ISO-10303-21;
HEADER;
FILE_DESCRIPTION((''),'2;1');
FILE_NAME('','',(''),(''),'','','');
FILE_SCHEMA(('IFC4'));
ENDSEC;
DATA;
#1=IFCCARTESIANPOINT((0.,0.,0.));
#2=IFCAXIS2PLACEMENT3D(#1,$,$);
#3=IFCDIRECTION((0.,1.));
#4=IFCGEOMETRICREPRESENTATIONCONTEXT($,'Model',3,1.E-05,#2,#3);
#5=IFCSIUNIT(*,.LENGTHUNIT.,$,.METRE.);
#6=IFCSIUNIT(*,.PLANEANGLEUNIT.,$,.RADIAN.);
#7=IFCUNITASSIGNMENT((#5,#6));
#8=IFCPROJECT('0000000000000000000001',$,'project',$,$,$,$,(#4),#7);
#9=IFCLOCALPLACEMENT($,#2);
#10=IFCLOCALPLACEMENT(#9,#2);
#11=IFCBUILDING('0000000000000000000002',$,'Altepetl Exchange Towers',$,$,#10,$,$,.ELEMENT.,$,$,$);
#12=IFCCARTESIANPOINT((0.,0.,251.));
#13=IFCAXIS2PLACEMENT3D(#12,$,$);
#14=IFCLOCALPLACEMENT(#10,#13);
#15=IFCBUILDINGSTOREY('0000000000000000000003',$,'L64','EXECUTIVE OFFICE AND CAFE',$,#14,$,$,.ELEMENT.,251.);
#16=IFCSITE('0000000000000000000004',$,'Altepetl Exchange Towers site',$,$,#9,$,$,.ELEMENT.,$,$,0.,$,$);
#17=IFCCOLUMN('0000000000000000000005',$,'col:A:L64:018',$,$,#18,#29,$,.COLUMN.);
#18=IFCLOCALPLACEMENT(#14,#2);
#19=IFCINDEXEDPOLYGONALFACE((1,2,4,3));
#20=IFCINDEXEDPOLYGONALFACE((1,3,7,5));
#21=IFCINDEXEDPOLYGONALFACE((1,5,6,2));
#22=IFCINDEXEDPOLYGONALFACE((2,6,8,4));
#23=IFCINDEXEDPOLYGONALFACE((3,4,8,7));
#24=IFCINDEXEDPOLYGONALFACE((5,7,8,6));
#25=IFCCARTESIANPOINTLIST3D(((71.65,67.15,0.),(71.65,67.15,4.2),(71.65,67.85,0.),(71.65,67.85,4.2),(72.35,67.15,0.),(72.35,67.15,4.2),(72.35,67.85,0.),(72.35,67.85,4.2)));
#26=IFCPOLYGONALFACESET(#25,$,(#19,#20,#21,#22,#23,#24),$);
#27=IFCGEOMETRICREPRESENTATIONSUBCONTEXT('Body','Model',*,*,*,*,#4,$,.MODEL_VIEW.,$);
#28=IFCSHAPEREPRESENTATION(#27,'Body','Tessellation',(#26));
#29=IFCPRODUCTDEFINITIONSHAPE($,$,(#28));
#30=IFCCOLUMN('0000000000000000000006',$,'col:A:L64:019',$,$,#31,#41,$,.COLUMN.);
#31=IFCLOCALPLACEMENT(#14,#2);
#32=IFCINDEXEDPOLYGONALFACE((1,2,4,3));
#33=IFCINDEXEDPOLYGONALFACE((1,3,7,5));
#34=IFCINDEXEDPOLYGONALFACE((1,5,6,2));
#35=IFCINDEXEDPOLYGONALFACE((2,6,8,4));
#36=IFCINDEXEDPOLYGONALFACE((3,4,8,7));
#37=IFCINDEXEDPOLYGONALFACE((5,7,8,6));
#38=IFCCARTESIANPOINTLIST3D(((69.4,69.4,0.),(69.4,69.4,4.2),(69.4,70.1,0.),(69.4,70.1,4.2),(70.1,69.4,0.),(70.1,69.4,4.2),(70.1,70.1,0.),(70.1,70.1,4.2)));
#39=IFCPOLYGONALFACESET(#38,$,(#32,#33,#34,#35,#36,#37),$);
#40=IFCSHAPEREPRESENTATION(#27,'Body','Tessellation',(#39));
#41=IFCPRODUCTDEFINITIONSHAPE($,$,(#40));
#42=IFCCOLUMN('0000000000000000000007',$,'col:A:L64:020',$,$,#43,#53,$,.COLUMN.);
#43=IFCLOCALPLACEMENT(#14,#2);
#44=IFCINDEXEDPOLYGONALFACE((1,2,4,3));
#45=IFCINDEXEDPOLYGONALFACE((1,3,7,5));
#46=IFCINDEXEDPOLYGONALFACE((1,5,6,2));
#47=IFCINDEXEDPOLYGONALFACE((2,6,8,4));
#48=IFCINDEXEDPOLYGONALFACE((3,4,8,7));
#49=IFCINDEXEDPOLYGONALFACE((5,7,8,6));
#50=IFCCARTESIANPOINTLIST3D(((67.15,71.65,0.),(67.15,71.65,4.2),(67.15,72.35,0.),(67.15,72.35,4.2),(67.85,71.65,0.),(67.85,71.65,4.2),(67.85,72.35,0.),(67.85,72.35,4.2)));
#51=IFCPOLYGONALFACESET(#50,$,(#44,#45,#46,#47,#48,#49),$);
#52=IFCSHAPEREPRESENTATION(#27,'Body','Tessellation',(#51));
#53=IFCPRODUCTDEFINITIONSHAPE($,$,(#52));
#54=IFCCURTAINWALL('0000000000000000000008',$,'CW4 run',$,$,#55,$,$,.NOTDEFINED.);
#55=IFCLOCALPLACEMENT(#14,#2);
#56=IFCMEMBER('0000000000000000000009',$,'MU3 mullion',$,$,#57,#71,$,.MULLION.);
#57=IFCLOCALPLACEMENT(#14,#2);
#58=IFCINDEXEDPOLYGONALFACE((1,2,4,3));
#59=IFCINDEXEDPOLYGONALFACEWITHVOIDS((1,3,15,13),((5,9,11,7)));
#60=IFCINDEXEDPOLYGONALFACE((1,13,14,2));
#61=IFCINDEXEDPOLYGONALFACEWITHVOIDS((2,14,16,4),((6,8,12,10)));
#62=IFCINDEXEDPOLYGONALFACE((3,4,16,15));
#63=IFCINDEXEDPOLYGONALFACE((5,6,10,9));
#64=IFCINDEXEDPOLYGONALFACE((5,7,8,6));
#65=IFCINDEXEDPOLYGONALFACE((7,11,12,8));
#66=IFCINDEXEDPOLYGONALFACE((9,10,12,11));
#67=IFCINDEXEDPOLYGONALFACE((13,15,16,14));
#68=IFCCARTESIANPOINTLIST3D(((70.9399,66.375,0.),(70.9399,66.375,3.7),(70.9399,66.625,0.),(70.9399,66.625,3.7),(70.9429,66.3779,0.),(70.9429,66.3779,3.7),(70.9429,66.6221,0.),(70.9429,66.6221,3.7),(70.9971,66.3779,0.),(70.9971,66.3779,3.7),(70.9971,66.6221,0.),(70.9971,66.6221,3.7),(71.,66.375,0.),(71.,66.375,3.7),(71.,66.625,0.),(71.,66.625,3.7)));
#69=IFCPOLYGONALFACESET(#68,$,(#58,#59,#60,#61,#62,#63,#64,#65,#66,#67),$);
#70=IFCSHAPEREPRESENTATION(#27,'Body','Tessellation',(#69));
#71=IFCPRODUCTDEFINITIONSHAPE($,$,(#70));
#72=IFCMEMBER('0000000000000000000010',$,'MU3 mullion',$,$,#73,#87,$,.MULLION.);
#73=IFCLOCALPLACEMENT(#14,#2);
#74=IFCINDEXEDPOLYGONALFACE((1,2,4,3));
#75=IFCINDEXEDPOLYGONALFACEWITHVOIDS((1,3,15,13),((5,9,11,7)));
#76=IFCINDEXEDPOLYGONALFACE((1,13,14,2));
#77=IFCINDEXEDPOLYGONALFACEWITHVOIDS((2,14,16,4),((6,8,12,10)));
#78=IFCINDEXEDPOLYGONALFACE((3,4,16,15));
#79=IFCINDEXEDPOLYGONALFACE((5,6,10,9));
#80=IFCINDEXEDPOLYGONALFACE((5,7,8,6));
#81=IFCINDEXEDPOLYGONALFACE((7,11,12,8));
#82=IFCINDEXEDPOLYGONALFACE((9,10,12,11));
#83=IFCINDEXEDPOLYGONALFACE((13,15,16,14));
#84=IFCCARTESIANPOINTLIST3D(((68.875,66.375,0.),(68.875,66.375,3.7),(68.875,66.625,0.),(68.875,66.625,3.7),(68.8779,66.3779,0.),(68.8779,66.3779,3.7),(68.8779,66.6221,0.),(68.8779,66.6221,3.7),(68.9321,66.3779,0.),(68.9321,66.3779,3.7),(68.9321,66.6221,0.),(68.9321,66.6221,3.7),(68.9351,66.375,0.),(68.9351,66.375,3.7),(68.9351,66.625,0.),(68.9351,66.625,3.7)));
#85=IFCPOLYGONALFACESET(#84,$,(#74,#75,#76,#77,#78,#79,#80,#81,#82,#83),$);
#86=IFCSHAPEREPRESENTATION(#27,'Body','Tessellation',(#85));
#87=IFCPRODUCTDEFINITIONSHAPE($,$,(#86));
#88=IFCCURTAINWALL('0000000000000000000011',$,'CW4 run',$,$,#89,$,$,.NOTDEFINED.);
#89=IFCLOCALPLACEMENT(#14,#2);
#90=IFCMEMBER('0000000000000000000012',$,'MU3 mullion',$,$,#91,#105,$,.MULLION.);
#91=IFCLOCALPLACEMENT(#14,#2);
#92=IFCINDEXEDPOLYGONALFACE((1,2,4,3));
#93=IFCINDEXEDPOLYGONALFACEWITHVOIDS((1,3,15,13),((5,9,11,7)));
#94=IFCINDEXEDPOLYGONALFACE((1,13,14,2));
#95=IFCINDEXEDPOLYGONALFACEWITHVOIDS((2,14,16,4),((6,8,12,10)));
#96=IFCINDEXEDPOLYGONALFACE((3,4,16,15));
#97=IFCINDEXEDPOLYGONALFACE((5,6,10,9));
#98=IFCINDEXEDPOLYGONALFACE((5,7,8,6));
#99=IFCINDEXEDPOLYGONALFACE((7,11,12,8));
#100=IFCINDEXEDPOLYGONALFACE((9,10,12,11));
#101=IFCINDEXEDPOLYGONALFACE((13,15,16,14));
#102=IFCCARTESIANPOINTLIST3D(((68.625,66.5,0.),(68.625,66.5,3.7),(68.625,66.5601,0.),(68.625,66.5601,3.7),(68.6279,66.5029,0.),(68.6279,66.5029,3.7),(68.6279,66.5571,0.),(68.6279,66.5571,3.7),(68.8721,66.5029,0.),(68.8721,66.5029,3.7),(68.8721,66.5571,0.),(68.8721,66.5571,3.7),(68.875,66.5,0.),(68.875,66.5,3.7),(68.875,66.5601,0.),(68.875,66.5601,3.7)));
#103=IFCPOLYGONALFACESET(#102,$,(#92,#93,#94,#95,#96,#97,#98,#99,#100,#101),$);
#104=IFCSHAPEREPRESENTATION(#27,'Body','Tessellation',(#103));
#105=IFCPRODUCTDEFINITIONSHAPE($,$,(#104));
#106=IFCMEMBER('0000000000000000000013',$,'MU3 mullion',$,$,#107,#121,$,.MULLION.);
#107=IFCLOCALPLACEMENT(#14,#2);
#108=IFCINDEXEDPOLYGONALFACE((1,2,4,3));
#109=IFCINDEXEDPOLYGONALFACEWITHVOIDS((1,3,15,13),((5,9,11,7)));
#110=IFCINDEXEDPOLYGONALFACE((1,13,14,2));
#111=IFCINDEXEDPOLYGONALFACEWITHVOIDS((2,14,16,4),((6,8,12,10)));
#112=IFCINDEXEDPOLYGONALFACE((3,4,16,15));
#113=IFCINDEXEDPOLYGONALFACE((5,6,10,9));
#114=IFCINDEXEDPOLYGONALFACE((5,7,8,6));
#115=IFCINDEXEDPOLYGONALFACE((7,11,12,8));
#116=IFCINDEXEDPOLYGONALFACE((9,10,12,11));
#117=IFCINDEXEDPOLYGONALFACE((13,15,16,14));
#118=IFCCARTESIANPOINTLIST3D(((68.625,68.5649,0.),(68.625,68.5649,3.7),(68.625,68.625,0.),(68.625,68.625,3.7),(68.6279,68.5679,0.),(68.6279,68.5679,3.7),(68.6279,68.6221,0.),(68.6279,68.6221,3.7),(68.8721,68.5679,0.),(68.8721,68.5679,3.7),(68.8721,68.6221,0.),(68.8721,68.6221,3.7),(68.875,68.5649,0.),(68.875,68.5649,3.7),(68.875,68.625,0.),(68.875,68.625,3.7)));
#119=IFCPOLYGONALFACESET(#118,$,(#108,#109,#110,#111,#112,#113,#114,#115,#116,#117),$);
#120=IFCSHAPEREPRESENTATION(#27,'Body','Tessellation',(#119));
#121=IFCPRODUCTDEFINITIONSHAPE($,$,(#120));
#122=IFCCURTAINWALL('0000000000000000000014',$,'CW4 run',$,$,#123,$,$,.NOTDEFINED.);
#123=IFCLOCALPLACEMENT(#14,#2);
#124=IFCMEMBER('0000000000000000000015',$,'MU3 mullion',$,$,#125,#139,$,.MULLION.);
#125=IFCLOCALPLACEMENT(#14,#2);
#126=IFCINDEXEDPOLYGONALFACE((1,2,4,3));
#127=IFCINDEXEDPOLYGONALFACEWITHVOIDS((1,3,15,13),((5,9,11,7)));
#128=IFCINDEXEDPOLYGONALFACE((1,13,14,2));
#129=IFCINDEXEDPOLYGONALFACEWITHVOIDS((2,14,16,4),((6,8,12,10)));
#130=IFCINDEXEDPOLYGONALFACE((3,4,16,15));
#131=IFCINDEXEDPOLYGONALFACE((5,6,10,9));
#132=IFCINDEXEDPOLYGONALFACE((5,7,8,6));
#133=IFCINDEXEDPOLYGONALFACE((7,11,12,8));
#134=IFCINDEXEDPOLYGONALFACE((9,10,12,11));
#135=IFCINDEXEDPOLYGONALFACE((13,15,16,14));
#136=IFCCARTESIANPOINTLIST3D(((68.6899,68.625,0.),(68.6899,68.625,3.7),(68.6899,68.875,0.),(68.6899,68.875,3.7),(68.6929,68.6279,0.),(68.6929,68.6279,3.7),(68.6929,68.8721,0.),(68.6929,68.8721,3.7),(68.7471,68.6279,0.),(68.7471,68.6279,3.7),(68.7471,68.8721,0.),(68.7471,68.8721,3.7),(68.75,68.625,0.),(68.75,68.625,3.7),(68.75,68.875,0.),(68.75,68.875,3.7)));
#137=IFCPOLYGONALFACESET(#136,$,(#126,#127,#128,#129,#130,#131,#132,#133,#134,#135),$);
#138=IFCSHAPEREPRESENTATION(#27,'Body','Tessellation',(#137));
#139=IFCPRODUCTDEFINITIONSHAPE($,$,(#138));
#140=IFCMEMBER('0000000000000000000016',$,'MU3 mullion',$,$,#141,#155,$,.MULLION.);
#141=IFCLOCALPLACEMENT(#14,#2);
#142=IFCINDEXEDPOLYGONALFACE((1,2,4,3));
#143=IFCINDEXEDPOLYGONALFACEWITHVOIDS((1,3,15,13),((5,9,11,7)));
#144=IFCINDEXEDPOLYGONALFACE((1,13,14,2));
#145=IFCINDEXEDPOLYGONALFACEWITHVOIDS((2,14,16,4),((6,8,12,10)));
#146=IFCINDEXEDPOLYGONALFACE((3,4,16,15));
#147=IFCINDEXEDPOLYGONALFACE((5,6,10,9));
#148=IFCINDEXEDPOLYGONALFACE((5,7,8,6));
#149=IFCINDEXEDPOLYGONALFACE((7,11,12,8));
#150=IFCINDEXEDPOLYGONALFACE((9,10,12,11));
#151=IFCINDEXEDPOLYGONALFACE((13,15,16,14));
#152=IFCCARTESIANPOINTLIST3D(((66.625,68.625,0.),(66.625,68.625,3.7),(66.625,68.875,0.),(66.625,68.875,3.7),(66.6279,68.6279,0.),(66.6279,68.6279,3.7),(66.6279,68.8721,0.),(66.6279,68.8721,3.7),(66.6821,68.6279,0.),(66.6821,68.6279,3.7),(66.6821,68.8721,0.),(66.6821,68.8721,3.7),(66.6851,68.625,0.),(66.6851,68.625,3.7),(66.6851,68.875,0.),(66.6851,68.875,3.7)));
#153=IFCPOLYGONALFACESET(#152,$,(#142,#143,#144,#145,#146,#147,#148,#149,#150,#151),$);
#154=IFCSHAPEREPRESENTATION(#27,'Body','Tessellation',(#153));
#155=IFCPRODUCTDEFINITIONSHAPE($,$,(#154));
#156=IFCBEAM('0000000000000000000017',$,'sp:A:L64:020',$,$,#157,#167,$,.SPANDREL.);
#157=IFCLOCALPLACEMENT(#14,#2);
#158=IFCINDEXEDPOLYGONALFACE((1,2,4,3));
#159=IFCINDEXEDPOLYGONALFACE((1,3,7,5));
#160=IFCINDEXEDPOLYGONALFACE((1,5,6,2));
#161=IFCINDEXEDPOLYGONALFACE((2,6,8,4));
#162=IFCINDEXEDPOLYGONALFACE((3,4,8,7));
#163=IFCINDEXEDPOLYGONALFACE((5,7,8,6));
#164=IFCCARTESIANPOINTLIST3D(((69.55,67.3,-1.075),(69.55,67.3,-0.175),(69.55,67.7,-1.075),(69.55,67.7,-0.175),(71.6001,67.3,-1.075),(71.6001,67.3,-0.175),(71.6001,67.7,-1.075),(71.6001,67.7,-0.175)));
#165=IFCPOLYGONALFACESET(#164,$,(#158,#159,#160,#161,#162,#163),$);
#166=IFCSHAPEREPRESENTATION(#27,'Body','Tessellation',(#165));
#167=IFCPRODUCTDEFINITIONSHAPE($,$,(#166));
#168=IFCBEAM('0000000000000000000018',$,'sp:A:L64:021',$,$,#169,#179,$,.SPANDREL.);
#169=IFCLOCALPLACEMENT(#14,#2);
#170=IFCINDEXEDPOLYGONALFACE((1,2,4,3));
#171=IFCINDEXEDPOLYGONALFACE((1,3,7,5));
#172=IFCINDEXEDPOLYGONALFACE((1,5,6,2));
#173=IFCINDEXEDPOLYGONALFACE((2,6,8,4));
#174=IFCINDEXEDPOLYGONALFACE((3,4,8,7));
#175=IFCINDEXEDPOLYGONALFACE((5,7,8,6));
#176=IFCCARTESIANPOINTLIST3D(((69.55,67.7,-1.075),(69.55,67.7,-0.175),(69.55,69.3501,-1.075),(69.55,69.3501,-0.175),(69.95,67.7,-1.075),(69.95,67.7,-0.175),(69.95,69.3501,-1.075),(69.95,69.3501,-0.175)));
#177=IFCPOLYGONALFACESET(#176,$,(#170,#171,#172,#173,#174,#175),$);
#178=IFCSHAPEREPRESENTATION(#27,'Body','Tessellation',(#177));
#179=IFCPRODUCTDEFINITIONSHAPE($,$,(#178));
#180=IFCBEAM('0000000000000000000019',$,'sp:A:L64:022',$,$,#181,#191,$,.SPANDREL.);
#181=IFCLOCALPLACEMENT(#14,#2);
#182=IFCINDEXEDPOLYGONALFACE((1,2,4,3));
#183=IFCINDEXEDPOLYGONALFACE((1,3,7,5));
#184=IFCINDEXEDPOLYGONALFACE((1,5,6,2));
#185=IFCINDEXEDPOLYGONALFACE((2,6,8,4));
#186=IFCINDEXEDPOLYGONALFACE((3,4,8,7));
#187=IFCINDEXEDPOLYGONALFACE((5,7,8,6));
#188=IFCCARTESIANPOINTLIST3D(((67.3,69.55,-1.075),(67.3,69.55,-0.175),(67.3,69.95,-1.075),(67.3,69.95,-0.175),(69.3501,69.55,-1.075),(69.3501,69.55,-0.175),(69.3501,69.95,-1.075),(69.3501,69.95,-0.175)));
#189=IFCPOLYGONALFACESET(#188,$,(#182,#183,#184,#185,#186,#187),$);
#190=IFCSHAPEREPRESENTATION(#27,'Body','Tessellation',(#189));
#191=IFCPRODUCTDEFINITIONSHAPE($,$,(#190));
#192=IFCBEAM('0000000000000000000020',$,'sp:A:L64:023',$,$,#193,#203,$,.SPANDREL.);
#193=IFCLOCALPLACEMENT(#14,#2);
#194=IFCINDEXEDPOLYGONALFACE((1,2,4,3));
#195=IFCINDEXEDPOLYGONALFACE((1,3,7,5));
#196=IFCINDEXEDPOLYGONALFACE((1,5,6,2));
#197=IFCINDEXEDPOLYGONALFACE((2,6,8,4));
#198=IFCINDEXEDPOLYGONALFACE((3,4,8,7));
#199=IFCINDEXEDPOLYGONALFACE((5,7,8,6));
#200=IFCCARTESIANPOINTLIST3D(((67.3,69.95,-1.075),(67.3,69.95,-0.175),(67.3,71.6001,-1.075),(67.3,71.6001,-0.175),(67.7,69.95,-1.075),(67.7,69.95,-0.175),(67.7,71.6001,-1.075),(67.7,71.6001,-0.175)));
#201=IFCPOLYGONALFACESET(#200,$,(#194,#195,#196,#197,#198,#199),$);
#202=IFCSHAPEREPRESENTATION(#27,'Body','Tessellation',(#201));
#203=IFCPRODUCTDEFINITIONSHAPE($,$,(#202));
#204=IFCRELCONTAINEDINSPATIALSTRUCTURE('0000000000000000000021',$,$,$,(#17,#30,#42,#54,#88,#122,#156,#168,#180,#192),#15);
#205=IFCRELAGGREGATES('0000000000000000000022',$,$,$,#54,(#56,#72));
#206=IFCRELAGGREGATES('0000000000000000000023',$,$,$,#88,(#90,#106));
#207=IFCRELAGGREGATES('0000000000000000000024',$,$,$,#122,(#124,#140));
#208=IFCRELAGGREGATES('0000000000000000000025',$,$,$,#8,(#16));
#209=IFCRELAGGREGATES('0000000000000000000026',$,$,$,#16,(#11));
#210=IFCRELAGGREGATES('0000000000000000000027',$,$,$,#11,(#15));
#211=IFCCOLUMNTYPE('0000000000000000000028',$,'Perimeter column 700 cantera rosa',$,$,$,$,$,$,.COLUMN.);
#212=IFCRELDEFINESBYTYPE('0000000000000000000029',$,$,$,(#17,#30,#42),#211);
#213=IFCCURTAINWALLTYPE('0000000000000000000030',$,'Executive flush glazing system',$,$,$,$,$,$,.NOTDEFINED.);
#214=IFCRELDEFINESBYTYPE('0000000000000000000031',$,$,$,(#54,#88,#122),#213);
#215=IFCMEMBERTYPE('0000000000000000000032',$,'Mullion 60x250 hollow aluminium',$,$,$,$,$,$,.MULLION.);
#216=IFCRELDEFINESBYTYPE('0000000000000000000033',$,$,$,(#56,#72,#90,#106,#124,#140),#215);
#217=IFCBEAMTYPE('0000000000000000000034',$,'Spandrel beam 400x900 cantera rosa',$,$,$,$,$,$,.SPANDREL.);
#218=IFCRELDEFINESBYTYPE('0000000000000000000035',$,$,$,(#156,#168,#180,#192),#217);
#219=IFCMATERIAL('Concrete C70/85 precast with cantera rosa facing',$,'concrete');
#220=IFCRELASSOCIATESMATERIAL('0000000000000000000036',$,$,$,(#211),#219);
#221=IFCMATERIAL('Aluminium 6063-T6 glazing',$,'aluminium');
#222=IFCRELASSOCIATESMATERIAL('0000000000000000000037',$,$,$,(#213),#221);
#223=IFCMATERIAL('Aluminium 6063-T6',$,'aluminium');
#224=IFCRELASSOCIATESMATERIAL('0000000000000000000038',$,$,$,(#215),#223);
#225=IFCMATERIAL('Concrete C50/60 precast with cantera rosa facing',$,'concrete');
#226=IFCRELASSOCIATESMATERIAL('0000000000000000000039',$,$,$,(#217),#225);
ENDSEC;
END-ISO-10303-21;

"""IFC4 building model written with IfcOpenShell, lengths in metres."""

from ifc_helpers import new_model, si_unit, direction, frame, origin, origin_2d, place, context, subcontext, project, spatial, rectangle, hollow_rectangle, extrude, material, material_profile, profile_set, type_object, element, aggregate, save


model = new_model("IFC4")

# Units and contexts
model_context = context("Model", 3, precision=1e-05, world=origin(), true_north=direction((0.0, 1.0)))
body_context = subcontext(model_context, "Body", "Model", "MODEL_VIEW")
ifc_project = project(units=[si_unit("LENGTHUNIT", "METRE"), si_unit("PLANEANGLEUNIT", "RADIAN")], contexts=[model_context])

# Site, building, storey
site_placement = place(None, origin())
site = spatial("IfcSite", under=ifc_project, at=site_placement, Name="Altepetl Exchange Towers site", CompositionType="ELEMENT", RefElevation=0.0)
building_placement = place(site_placement, origin())
building = spatial("IfcBuilding", under=site, at=building_placement, Name="Altepetl Exchange Towers", CompositionType="ELEMENT")
storey_placement = place(building_placement, frame((0.0, 0.0, 251.0)))
storey = spatial("IfcBuildingStorey", under=building, at=storey_placement, Name="L64", Description="EXECUTIVE OFFICE AND CAFE", CompositionType="ELEMENT", Elevation=251.0)

# Columns
ifc_material_1 = material(Name="Concrete C70/85 precast with cantera rosa facing", Category="concrete")
ifc_material_profile_1 = material_profile(ifc_material_1, rectangle(XDim=0.7, YDim=0.7, at=origin_2d()), Name="700 x 700")
ifc_profile_set_1 = profile_set([ifc_material_profile_1], Name="Concrete C70/85 precast with cantera rosa facing")
column_type = type_object("IfcColumnType", Name="Perimeter column 700 cantera rosa", PredefinedType="COLUMN", material=ifc_profile_set_1)
for number, where, name in (
    (1, (72.0, 67.5, 0.0), "col:A:L64:018"),
    (2, (69.75, 69.75, 0.0), "col:A:L64:019"),
    (3, (67.5, 72.0, 0.0), "col:A:L64:020"),
):
    element("IfcColumn", number, at=place(storey_placement, frame(where)), inside=storey, type_object=column_type, Name=name, PredefinedType="COLUMN", context=body_context, shape_type="SweptSolid", body=[
        extrude(rectangle(XDim=0.7, YDim=0.7, at=origin_2d()), origin(), (0.0, 0.0, 1.0), 4.2),
    ])

# Curtain walls, members
ifc_material_2 = material(Name="Aluminium 6063-T6 glazing", Category="aluminium")
curtain_wall_type = type_object("IfcCurtainWallType", Name="Executive flush glazing system", PredefinedType="NOTDEFINED", material=ifc_material_2)
curtain_wall_1_placement = place(storey_placement, origin())
curtain_wall_1 = element("IfcCurtainWall", 4, at=curtain_wall_1_placement, inside=storey, type_object=curtain_wall_type, Name="CW4 run", PredefinedType="NOTDEFINED")
ifc_material_3 = material(Name="Aluminium 6063-T6", Category="aluminium")
ifc_material_profile_2 = material_profile(ifc_material_3, hollow_rectangle(XDim=0.0601, YDim=0.25, WallThickness=0.0029, at=origin_2d()), Name="Mullion 60x250 hollow aluminium")
ifc_profile_set_2 = profile_set([ifc_material_profile_2], Name="Aluminium 6063-T6")
member_type_1 = type_object("IfcMemberType", Name="Mullion 60x250 hollow aluminium", PredefinedType="MULLION", material=ifc_profile_set_2)
member_1_placement = place(storey_placement, frame((70.97, 66.5, 0.0), z_axis=(0.0, 0.0, 1.0), x_axis=(-1.0, 0.0, 0.0)))
member_1 = element("IfcMember", 5, at=member_1_placement, type_object=member_type_1, Name="MU3 mullion", PredefinedType="MULLION", context=body_context, shape_type="SweptSolid", body=[
    extrude(hollow_rectangle(XDim=0.0601, YDim=0.25, WallThickness=0.0029, at=origin_2d()), origin(), (0.0, 0.0, 1.0), 3.7),
])
member_2_placement = place(storey_placement, frame((68.905, 66.5, 0.0), z_axis=(0.0, 0.0, 1.0), x_axis=(-1.0, 0.0, 0.0)))
member_2 = element("IfcMember", 6, at=member_2_placement, type_object=member_type_1, Name="MU3 mullion", PredefinedType="MULLION", context=body_context, shape_type="SweptSolid", body=[
    extrude(hollow_rectangle(XDim=0.0601, YDim=0.25, WallThickness=0.0029, at=origin_2d()), origin(), (0.0, 0.0, 1.0), 3.7),
])
curtain_wall_2_placement = place(storey_placement, origin())
curtain_wall_2 = element("IfcCurtainWall", 7, at=curtain_wall_2_placement, inside=storey, type_object=curtain_wall_type, Name="CW4 run", PredefinedType="NOTDEFINED")
member_3_placement = place(storey_placement, frame((68.75, 66.53, 0.0), z_axis=(0.0, 0.0, 1.0), x_axis=(0.0, 1.0, 0.0)))
member_3 = element("IfcMember", 8, at=member_3_placement, type_object=member_type_1, Name="MU3 mullion", PredefinedType="MULLION", context=body_context, shape_type="SweptSolid", body=[
    extrude(hollow_rectangle(XDim=0.0601, YDim=0.25, WallThickness=0.0029, at=origin_2d()), origin(), (0.0, 0.0, 1.0), 3.7),
])
member_4_placement = place(storey_placement, frame((68.75, 68.595, 0.0), z_axis=(0.0, 0.0, 1.0), x_axis=(0.0, 1.0, 0.0)))
member_4 = element("IfcMember", 9, at=member_4_placement, type_object=member_type_1, Name="MU3 mullion", PredefinedType="MULLION", context=body_context, shape_type="SweptSolid", body=[
    extrude(hollow_rectangle(XDim=0.0601, YDim=0.25, WallThickness=0.0029, at=origin_2d()), origin(), (0.0, 0.0, 1.0), 3.7),
])
curtain_wall_3_placement = place(storey_placement, origin())
curtain_wall_3 = element("IfcCurtainWall", 10, at=curtain_wall_3_placement, inside=storey, type_object=curtain_wall_type, Name="CW4 run", PredefinedType="NOTDEFINED")
member_5_placement = place(storey_placement, frame((68.72, 68.75, 0.0), z_axis=(0.0, 0.0, 1.0), x_axis=(-1.0, 0.0, 0.0)))
member_5 = element("IfcMember", 11, at=member_5_placement, type_object=member_type_1, Name="MU3 mullion", PredefinedType="MULLION", context=body_context, shape_type="SweptSolid", body=[
    extrude(hollow_rectangle(XDim=0.0601, YDim=0.25, WallThickness=0.0029, at=origin_2d()), origin(), (0.0, 0.0, 1.0), 3.7),
])
member_6_placement = place(storey_placement, frame((66.655, 68.75, 0.0), z_axis=(0.0, 0.0, 1.0), x_axis=(-1.0, 0.0, 0.0)))
member_6 = element("IfcMember", 12, at=member_6_placement, type_object=member_type_1, Name="MU3 mullion", PredefinedType="MULLION", context=body_context, shape_type="SweptSolid", body=[
    extrude(hollow_rectangle(XDim=0.0601, YDim=0.25, WallThickness=0.0029, at=origin_2d()), origin(), (0.0, 0.0, 1.0), 3.7),
])

# Beams
ifc_material_4 = material(Name="Concrete C50/60 precast with cantera rosa facing", Category="concrete")
ifc_material_profile_3 = material_profile(ifc_material_4, rectangle(XDim=0.3999, YDim=0.8999, at=origin_2d()), Name="400 x 900")
ifc_profile_set_3 = profile_set([ifc_material_profile_3], Name="Concrete C50/60 precast with cantera rosa facing")
beam_type = type_object("IfcBeamType", Name="Spandrel beam 400x900 cantera rosa", PredefinedType="SPANDREL", material=ifc_profile_set_3)
beam_1_placement = place(storey_placement, frame((71.6001, 67.5, -0.625), z_axis=(-1.0, 0.0, 0.0), x_axis=(0.0, -1.0, 0.0)))
element("IfcBeam", 13, at=beam_1_placement, inside=storey, type_object=beam_type, Name="sp:A:L64:020", PredefinedType="SPANDREL", context=body_context, shape_type="SweptSolid", body=[
    extrude(rectangle(XDim=0.3999, YDim=0.8999, at=origin_2d()), origin(), (0.0, 0.0, 1.0), 2.05),
])
beam_2_placement = place(storey_placement, frame((69.75, 67.7, -0.625), z_axis=(0.0, 1.0, 0.0), x_axis=(-1.0, 0.0, 0.0)))
element("IfcBeam", 14, at=beam_2_placement, inside=storey, type_object=beam_type, Name="sp:A:L64:021", PredefinedType="SPANDREL", context=body_context, shape_type="SweptSolid", body=[
    extrude(rectangle(XDim=0.3999, YDim=0.8999, at=origin_2d()), origin(), (0.0, 0.0, 1.0), 1.6501),
])
beam_3_placement = place(storey_placement, frame((69.3501, 69.75, -0.625), z_axis=(-1.0, 0.0, 0.0), x_axis=(0.0, -1.0, 0.0)))
element("IfcBeam", 15, at=beam_3_placement, inside=storey, type_object=beam_type, Name="sp:A:L64:022", PredefinedType="SPANDREL", context=body_context, shape_type="SweptSolid", body=[
    extrude(rectangle(XDim=0.3999, YDim=0.8999, at=origin_2d()), origin(), (0.0, 0.0, 1.0), 2.05),
])
beam_4_placement = place(storey_placement, frame((67.5, 69.95, -0.625), z_axis=(0.0, 1.0, 0.0), x_axis=(-1.0, 0.0, 0.0)))
element("IfcBeam", 16, at=beam_4_placement, inside=storey, type_object=beam_type, Name="sp:A:L64:023", PredefinedType="SPANDREL", context=body_context, shape_type="SweptSolid", body=[
    extrude(rectangle(XDim=0.3999, YDim=0.8999, at=origin_2d()), origin(), (0.0, 0.0, 1.0), 1.6501),
])

aggregate(curtain_wall_1, [member_1, member_2])
aggregate(curtain_wall_2, [member_3, member_4])
aggregate(curtain_wall_3, [member_5, member_6])

save(model, "model.ifc")
